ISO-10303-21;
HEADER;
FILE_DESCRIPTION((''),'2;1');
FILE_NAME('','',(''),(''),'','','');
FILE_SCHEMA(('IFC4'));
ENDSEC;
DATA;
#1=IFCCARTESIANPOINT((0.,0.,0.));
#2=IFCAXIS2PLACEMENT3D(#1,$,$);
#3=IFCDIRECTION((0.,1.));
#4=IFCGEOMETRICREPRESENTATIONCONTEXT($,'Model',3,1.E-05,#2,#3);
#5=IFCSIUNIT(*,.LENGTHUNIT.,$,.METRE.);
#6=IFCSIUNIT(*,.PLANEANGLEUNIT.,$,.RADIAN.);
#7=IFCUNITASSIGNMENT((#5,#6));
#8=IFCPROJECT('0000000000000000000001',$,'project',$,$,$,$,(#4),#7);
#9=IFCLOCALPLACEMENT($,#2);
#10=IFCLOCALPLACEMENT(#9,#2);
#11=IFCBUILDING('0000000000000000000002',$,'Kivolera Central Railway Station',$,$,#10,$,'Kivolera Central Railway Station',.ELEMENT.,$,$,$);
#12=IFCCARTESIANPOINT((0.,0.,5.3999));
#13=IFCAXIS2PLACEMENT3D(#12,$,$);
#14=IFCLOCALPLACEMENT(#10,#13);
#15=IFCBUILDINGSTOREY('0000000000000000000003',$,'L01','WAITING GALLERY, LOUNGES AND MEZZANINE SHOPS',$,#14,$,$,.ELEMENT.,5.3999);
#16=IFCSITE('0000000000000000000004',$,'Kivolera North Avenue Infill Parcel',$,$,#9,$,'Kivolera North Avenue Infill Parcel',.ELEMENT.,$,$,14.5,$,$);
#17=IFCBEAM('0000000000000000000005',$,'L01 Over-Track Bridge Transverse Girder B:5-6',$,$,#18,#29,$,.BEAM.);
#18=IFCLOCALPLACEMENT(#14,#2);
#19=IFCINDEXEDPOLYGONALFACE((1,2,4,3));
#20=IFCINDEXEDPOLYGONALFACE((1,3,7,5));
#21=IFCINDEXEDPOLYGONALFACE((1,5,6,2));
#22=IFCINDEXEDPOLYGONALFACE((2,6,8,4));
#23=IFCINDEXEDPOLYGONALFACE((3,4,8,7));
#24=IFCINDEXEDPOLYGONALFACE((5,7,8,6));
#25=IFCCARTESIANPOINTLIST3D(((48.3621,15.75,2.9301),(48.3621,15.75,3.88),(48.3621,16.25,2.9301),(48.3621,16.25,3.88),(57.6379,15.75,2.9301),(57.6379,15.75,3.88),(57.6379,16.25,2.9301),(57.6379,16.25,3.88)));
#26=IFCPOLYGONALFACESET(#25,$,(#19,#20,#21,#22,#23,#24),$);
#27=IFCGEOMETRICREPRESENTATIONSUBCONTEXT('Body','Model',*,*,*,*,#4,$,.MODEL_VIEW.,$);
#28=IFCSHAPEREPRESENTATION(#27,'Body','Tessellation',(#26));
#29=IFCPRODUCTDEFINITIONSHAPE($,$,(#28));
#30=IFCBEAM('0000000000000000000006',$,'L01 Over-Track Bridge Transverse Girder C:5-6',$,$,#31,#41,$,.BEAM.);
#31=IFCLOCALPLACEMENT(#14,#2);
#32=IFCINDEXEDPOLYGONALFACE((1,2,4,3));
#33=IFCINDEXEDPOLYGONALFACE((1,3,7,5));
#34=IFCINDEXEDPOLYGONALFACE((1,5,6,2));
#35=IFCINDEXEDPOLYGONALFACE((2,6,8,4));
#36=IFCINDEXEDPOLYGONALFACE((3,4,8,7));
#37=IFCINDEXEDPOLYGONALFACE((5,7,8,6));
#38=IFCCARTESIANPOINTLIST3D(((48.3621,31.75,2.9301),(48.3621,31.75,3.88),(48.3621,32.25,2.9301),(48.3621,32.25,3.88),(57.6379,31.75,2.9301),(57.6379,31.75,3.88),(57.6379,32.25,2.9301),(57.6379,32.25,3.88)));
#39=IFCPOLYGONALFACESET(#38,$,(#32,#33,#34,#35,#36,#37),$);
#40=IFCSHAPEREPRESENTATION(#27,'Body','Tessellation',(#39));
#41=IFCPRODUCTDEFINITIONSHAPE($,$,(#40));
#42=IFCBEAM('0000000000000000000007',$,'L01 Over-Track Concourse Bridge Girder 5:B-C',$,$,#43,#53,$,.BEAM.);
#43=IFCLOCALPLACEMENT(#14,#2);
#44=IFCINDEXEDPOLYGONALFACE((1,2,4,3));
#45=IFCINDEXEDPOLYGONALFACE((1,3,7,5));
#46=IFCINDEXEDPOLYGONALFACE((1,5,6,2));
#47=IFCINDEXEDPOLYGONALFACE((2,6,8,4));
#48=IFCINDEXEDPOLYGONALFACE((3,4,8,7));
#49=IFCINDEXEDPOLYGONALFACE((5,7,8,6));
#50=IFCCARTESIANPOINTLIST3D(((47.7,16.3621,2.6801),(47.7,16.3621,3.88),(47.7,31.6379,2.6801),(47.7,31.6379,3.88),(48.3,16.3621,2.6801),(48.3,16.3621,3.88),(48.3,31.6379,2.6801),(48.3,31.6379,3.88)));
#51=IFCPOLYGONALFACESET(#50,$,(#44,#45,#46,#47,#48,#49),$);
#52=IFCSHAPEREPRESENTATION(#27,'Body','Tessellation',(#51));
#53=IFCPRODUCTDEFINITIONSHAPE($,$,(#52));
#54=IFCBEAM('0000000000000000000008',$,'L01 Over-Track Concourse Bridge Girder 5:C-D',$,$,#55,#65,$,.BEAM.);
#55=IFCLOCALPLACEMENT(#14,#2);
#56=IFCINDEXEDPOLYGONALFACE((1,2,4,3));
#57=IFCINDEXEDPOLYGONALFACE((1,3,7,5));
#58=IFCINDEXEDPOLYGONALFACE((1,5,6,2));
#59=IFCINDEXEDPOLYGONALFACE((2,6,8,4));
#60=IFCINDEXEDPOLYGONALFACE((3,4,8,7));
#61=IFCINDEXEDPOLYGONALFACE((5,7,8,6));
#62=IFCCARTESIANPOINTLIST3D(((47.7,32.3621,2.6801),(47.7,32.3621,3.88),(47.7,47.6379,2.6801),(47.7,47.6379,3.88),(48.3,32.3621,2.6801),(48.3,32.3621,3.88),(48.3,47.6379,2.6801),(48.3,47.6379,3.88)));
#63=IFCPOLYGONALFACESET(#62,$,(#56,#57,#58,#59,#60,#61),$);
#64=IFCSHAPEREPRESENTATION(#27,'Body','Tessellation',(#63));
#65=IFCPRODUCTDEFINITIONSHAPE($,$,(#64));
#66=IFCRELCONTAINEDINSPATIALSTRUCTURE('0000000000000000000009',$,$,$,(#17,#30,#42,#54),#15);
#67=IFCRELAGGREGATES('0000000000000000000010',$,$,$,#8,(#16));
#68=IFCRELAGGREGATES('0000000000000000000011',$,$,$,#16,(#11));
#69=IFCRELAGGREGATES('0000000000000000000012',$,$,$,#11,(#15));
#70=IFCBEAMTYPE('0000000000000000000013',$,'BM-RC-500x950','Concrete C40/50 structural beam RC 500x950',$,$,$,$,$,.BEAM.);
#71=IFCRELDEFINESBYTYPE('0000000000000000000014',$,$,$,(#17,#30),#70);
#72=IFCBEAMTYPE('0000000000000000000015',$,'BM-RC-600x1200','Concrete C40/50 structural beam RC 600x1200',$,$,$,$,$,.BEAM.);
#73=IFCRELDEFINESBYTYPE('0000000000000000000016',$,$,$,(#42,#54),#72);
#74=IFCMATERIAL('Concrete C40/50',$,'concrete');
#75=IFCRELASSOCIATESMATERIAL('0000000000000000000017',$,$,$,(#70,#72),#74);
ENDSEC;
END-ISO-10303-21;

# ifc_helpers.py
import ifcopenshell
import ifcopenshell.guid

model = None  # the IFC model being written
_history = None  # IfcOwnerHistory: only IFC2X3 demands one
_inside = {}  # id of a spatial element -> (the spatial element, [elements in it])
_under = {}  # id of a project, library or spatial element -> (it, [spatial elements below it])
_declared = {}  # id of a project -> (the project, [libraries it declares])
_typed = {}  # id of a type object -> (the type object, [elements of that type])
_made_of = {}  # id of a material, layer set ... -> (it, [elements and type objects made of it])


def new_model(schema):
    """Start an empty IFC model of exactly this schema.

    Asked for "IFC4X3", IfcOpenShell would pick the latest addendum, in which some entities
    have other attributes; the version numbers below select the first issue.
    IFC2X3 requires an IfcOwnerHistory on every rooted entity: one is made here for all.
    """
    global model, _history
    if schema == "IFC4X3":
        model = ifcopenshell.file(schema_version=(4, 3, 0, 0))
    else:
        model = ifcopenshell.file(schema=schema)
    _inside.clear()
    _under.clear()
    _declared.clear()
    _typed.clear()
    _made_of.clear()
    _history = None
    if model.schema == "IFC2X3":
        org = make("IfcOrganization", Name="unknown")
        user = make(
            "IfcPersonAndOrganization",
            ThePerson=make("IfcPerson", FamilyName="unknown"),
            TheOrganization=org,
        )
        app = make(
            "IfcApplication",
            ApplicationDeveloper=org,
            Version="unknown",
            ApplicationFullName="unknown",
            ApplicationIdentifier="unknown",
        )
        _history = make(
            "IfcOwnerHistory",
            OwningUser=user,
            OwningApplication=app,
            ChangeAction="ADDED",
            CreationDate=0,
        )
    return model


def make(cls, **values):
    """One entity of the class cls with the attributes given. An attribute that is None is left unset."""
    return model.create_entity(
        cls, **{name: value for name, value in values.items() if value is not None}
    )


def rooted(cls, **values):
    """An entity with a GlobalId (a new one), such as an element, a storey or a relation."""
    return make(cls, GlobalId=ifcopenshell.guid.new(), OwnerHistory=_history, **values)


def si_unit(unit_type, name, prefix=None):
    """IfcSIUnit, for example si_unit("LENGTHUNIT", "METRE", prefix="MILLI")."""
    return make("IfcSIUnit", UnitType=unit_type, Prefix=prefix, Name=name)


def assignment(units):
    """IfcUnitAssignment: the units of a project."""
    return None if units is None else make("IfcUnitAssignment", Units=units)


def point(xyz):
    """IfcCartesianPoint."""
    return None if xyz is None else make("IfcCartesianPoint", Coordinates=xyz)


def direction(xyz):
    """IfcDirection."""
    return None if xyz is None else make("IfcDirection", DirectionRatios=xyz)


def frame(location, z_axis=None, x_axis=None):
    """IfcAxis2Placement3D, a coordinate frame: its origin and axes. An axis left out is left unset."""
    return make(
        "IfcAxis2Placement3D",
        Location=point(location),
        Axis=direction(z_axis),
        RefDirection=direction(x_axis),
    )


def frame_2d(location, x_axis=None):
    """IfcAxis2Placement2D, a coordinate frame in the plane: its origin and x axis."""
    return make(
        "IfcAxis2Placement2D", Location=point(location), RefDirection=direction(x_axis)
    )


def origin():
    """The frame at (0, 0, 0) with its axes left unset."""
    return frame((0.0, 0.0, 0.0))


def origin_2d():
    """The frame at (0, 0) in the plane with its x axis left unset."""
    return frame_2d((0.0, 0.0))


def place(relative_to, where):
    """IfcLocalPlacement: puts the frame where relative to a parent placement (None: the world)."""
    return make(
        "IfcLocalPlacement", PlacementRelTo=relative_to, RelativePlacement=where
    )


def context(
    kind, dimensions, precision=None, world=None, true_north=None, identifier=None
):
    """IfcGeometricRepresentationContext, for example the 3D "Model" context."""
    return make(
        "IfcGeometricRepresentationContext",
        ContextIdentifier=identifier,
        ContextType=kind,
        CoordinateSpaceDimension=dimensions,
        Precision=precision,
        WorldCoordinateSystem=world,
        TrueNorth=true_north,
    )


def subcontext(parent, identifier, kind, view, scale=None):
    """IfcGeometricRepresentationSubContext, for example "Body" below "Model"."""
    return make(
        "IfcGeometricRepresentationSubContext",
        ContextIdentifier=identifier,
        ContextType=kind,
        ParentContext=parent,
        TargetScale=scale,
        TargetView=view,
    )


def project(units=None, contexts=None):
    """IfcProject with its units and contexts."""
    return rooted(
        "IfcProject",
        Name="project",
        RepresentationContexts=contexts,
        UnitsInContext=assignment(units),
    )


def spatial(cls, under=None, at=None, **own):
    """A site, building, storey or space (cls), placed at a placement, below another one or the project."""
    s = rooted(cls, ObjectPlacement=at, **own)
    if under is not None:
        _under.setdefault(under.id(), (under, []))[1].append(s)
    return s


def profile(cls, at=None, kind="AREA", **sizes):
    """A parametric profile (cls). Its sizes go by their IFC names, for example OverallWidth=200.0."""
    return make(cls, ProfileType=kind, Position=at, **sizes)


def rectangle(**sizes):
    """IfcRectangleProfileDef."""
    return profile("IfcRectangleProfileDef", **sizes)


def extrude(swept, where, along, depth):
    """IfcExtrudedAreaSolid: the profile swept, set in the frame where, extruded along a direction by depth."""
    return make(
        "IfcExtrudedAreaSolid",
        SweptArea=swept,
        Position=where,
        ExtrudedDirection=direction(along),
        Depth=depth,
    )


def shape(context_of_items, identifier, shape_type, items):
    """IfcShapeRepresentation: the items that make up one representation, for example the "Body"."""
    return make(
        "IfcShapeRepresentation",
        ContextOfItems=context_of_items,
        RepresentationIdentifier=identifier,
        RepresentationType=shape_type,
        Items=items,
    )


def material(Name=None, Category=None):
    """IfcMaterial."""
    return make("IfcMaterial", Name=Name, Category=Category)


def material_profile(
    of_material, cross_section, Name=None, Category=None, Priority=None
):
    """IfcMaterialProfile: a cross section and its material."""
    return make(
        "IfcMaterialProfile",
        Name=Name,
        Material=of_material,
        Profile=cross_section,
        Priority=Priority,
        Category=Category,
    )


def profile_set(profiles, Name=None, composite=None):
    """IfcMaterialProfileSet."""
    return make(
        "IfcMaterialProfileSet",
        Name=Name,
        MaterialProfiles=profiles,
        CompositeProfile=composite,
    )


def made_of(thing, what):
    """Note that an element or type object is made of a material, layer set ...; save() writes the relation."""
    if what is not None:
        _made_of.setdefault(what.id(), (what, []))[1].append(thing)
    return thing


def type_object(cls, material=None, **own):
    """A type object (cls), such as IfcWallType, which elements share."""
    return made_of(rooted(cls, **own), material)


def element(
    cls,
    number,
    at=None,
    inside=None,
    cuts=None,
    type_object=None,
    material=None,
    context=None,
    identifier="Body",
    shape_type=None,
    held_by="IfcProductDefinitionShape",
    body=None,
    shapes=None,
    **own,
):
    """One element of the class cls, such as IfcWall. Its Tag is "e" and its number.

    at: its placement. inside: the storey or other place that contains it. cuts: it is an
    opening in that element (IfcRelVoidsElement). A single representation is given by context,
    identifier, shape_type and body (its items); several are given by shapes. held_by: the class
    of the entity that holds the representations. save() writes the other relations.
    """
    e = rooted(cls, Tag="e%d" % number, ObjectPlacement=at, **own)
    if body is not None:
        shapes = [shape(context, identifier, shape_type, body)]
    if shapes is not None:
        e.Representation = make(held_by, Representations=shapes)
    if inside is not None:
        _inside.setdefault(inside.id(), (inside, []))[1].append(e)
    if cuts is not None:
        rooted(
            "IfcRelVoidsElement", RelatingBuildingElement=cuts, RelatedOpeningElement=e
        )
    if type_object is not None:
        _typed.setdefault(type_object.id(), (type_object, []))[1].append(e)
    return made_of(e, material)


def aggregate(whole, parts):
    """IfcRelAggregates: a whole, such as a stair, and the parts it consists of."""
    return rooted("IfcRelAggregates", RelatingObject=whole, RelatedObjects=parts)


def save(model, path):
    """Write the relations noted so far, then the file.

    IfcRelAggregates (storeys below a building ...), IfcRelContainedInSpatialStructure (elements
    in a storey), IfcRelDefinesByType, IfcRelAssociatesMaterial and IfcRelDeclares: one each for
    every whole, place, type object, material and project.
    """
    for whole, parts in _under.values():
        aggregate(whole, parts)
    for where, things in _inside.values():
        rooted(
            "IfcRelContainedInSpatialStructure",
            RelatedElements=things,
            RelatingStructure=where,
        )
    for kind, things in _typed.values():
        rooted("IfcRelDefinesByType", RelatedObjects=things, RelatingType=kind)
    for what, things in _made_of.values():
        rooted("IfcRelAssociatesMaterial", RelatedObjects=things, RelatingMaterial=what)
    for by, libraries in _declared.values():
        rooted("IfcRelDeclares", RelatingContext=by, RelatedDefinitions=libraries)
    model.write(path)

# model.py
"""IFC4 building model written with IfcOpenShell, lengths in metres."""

from ifc_helpers import new_model, si_unit, direction, frame, origin, origin_2d, place, context, subcontext, project, spatial, rectangle, extrude, material, material_profile, profile_set, type_object, element, save


model = new_model("IFC4")

# Units and contexts
model_context = context("Model", 3, precision=1e-05, world=origin(), true_north=direction((0.0, 1.0)))
body_context = subcontext(model_context, "Body", "Model", "MODEL_VIEW")
ifc_project = project(units=[si_unit("LENGTHUNIT", "METRE"), si_unit("PLANEANGLEUNIT", "RADIAN")], contexts=[model_context])

# Site, building, storey
site_placement = place(None, origin())
site = spatial("IfcSite", under=ifc_project, at=site_placement, Name="Kivolera North Avenue Infill Parcel", LongName="Kivolera North Avenue Infill Parcel", CompositionType="ELEMENT", RefElevation=14.5)
building_placement = place(site_placement, origin())
building = spatial("IfcBuilding", under=site, at=building_placement, Name="Kivolera Central Railway Station", LongName="Kivolera Central Railway Station", CompositionType="ELEMENT")
storey_placement = place(building_placement, frame((0.0, 0.0, 5.3999)))
storey = spatial("IfcBuildingStorey", under=building, at=storey_placement, Name="L01", Description="WAITING GALLERY, LOUNGES AND MEZZANINE SHOPS", CompositionType="ELEMENT", Elevation=5.3999)

# Shared definitions
ifc_material_1 = material(Name="Concrete C40/50", Category="concrete")

# Beams
ifc_material_profile_1 = material_profile(ifc_material_1, rectangle(XDim=0.5, YDim=0.95, at=origin_2d()), Name="RC 500x950")
ifc_profile_set_1 = profile_set([ifc_material_profile_1], Name="Concrete C40/50")
beam_type_1 = type_object("IfcBeamType", Name="BM-RC-500x950", Description="Concrete C40/50 structural beam RC 500x950", PredefinedType="BEAM", material=ifc_profile_set_1)
for number, where, z_axis, x_axis, name in (
    (1, (48.3621, 16.0, 3.405), (1.0, 0.0, 0.0), (0.0, 1.0, 0.0), "L01 Over-Track Bridge Transverse Girder B:5-6"),
    (2, (48.3621, 32.0, 3.405), (1.0, 0.0, 0.0), (0.0, 1.0, 0.0), "L01 Over-Track Bridge Transverse Girder C:5-6"),
):
    element("IfcBeam", number, at=place(storey_placement, frame(where, z_axis=z_axis, x_axis=x_axis)), inside=storey, type_object=beam_type_1, Name=name, PredefinedType="BEAM", context=body_context, shape_type="SweptSolid", body=[
        extrude(rectangle(XDim=0.5, YDim=0.95, at=origin_2d()), origin(), (0.0, 0.0, 1.0), 9.2759),
    ])
ifc_material_profile_2 = material_profile(ifc_material_1, rectangle(XDim=0.6001, YDim=1.2, at=origin_2d()), Name="RC 600x1200")
ifc_profile_set_2 = profile_set([ifc_material_profile_2], Name="Concrete C40/50")
beam_type_2 = type_object("IfcBeamType", Name="BM-RC-600x1200", Description="Concrete C40/50 structural beam RC 600x1200", PredefinedType="BEAM", material=ifc_profile_set_2)
for number, where, z_axis, x_axis, name in (
    (3, (48.0, 16.3621, 3.28), (0.0, 1.0, 0.0), (-1.0, 0.0, 0.0), "L01 Over-Track Concourse Bridge Girder 5:B-C"),
    (4, (48.0, 32.3621, 3.28), (0.0, 1.0, 0.0), (-1.0, 0.0, 0.0), "L01 Over-Track Concourse Bridge Girder 5:C-D"),
):
    element("IfcBeam", number, at=place(storey_placement, frame(where, z_axis=z_axis, x_axis=x_axis)), inside=storey, type_object=beam_type_2, Name=name, PredefinedType="BEAM", context=body_context, shape_type="SweptSolid", body=[
        extrude(rectangle(XDim=0.6001, YDim=1.2, at=origin_2d()), origin(), (0.0, 0.0, 1.0), 15.2759),
    ])

save(model, "model.ifc")
